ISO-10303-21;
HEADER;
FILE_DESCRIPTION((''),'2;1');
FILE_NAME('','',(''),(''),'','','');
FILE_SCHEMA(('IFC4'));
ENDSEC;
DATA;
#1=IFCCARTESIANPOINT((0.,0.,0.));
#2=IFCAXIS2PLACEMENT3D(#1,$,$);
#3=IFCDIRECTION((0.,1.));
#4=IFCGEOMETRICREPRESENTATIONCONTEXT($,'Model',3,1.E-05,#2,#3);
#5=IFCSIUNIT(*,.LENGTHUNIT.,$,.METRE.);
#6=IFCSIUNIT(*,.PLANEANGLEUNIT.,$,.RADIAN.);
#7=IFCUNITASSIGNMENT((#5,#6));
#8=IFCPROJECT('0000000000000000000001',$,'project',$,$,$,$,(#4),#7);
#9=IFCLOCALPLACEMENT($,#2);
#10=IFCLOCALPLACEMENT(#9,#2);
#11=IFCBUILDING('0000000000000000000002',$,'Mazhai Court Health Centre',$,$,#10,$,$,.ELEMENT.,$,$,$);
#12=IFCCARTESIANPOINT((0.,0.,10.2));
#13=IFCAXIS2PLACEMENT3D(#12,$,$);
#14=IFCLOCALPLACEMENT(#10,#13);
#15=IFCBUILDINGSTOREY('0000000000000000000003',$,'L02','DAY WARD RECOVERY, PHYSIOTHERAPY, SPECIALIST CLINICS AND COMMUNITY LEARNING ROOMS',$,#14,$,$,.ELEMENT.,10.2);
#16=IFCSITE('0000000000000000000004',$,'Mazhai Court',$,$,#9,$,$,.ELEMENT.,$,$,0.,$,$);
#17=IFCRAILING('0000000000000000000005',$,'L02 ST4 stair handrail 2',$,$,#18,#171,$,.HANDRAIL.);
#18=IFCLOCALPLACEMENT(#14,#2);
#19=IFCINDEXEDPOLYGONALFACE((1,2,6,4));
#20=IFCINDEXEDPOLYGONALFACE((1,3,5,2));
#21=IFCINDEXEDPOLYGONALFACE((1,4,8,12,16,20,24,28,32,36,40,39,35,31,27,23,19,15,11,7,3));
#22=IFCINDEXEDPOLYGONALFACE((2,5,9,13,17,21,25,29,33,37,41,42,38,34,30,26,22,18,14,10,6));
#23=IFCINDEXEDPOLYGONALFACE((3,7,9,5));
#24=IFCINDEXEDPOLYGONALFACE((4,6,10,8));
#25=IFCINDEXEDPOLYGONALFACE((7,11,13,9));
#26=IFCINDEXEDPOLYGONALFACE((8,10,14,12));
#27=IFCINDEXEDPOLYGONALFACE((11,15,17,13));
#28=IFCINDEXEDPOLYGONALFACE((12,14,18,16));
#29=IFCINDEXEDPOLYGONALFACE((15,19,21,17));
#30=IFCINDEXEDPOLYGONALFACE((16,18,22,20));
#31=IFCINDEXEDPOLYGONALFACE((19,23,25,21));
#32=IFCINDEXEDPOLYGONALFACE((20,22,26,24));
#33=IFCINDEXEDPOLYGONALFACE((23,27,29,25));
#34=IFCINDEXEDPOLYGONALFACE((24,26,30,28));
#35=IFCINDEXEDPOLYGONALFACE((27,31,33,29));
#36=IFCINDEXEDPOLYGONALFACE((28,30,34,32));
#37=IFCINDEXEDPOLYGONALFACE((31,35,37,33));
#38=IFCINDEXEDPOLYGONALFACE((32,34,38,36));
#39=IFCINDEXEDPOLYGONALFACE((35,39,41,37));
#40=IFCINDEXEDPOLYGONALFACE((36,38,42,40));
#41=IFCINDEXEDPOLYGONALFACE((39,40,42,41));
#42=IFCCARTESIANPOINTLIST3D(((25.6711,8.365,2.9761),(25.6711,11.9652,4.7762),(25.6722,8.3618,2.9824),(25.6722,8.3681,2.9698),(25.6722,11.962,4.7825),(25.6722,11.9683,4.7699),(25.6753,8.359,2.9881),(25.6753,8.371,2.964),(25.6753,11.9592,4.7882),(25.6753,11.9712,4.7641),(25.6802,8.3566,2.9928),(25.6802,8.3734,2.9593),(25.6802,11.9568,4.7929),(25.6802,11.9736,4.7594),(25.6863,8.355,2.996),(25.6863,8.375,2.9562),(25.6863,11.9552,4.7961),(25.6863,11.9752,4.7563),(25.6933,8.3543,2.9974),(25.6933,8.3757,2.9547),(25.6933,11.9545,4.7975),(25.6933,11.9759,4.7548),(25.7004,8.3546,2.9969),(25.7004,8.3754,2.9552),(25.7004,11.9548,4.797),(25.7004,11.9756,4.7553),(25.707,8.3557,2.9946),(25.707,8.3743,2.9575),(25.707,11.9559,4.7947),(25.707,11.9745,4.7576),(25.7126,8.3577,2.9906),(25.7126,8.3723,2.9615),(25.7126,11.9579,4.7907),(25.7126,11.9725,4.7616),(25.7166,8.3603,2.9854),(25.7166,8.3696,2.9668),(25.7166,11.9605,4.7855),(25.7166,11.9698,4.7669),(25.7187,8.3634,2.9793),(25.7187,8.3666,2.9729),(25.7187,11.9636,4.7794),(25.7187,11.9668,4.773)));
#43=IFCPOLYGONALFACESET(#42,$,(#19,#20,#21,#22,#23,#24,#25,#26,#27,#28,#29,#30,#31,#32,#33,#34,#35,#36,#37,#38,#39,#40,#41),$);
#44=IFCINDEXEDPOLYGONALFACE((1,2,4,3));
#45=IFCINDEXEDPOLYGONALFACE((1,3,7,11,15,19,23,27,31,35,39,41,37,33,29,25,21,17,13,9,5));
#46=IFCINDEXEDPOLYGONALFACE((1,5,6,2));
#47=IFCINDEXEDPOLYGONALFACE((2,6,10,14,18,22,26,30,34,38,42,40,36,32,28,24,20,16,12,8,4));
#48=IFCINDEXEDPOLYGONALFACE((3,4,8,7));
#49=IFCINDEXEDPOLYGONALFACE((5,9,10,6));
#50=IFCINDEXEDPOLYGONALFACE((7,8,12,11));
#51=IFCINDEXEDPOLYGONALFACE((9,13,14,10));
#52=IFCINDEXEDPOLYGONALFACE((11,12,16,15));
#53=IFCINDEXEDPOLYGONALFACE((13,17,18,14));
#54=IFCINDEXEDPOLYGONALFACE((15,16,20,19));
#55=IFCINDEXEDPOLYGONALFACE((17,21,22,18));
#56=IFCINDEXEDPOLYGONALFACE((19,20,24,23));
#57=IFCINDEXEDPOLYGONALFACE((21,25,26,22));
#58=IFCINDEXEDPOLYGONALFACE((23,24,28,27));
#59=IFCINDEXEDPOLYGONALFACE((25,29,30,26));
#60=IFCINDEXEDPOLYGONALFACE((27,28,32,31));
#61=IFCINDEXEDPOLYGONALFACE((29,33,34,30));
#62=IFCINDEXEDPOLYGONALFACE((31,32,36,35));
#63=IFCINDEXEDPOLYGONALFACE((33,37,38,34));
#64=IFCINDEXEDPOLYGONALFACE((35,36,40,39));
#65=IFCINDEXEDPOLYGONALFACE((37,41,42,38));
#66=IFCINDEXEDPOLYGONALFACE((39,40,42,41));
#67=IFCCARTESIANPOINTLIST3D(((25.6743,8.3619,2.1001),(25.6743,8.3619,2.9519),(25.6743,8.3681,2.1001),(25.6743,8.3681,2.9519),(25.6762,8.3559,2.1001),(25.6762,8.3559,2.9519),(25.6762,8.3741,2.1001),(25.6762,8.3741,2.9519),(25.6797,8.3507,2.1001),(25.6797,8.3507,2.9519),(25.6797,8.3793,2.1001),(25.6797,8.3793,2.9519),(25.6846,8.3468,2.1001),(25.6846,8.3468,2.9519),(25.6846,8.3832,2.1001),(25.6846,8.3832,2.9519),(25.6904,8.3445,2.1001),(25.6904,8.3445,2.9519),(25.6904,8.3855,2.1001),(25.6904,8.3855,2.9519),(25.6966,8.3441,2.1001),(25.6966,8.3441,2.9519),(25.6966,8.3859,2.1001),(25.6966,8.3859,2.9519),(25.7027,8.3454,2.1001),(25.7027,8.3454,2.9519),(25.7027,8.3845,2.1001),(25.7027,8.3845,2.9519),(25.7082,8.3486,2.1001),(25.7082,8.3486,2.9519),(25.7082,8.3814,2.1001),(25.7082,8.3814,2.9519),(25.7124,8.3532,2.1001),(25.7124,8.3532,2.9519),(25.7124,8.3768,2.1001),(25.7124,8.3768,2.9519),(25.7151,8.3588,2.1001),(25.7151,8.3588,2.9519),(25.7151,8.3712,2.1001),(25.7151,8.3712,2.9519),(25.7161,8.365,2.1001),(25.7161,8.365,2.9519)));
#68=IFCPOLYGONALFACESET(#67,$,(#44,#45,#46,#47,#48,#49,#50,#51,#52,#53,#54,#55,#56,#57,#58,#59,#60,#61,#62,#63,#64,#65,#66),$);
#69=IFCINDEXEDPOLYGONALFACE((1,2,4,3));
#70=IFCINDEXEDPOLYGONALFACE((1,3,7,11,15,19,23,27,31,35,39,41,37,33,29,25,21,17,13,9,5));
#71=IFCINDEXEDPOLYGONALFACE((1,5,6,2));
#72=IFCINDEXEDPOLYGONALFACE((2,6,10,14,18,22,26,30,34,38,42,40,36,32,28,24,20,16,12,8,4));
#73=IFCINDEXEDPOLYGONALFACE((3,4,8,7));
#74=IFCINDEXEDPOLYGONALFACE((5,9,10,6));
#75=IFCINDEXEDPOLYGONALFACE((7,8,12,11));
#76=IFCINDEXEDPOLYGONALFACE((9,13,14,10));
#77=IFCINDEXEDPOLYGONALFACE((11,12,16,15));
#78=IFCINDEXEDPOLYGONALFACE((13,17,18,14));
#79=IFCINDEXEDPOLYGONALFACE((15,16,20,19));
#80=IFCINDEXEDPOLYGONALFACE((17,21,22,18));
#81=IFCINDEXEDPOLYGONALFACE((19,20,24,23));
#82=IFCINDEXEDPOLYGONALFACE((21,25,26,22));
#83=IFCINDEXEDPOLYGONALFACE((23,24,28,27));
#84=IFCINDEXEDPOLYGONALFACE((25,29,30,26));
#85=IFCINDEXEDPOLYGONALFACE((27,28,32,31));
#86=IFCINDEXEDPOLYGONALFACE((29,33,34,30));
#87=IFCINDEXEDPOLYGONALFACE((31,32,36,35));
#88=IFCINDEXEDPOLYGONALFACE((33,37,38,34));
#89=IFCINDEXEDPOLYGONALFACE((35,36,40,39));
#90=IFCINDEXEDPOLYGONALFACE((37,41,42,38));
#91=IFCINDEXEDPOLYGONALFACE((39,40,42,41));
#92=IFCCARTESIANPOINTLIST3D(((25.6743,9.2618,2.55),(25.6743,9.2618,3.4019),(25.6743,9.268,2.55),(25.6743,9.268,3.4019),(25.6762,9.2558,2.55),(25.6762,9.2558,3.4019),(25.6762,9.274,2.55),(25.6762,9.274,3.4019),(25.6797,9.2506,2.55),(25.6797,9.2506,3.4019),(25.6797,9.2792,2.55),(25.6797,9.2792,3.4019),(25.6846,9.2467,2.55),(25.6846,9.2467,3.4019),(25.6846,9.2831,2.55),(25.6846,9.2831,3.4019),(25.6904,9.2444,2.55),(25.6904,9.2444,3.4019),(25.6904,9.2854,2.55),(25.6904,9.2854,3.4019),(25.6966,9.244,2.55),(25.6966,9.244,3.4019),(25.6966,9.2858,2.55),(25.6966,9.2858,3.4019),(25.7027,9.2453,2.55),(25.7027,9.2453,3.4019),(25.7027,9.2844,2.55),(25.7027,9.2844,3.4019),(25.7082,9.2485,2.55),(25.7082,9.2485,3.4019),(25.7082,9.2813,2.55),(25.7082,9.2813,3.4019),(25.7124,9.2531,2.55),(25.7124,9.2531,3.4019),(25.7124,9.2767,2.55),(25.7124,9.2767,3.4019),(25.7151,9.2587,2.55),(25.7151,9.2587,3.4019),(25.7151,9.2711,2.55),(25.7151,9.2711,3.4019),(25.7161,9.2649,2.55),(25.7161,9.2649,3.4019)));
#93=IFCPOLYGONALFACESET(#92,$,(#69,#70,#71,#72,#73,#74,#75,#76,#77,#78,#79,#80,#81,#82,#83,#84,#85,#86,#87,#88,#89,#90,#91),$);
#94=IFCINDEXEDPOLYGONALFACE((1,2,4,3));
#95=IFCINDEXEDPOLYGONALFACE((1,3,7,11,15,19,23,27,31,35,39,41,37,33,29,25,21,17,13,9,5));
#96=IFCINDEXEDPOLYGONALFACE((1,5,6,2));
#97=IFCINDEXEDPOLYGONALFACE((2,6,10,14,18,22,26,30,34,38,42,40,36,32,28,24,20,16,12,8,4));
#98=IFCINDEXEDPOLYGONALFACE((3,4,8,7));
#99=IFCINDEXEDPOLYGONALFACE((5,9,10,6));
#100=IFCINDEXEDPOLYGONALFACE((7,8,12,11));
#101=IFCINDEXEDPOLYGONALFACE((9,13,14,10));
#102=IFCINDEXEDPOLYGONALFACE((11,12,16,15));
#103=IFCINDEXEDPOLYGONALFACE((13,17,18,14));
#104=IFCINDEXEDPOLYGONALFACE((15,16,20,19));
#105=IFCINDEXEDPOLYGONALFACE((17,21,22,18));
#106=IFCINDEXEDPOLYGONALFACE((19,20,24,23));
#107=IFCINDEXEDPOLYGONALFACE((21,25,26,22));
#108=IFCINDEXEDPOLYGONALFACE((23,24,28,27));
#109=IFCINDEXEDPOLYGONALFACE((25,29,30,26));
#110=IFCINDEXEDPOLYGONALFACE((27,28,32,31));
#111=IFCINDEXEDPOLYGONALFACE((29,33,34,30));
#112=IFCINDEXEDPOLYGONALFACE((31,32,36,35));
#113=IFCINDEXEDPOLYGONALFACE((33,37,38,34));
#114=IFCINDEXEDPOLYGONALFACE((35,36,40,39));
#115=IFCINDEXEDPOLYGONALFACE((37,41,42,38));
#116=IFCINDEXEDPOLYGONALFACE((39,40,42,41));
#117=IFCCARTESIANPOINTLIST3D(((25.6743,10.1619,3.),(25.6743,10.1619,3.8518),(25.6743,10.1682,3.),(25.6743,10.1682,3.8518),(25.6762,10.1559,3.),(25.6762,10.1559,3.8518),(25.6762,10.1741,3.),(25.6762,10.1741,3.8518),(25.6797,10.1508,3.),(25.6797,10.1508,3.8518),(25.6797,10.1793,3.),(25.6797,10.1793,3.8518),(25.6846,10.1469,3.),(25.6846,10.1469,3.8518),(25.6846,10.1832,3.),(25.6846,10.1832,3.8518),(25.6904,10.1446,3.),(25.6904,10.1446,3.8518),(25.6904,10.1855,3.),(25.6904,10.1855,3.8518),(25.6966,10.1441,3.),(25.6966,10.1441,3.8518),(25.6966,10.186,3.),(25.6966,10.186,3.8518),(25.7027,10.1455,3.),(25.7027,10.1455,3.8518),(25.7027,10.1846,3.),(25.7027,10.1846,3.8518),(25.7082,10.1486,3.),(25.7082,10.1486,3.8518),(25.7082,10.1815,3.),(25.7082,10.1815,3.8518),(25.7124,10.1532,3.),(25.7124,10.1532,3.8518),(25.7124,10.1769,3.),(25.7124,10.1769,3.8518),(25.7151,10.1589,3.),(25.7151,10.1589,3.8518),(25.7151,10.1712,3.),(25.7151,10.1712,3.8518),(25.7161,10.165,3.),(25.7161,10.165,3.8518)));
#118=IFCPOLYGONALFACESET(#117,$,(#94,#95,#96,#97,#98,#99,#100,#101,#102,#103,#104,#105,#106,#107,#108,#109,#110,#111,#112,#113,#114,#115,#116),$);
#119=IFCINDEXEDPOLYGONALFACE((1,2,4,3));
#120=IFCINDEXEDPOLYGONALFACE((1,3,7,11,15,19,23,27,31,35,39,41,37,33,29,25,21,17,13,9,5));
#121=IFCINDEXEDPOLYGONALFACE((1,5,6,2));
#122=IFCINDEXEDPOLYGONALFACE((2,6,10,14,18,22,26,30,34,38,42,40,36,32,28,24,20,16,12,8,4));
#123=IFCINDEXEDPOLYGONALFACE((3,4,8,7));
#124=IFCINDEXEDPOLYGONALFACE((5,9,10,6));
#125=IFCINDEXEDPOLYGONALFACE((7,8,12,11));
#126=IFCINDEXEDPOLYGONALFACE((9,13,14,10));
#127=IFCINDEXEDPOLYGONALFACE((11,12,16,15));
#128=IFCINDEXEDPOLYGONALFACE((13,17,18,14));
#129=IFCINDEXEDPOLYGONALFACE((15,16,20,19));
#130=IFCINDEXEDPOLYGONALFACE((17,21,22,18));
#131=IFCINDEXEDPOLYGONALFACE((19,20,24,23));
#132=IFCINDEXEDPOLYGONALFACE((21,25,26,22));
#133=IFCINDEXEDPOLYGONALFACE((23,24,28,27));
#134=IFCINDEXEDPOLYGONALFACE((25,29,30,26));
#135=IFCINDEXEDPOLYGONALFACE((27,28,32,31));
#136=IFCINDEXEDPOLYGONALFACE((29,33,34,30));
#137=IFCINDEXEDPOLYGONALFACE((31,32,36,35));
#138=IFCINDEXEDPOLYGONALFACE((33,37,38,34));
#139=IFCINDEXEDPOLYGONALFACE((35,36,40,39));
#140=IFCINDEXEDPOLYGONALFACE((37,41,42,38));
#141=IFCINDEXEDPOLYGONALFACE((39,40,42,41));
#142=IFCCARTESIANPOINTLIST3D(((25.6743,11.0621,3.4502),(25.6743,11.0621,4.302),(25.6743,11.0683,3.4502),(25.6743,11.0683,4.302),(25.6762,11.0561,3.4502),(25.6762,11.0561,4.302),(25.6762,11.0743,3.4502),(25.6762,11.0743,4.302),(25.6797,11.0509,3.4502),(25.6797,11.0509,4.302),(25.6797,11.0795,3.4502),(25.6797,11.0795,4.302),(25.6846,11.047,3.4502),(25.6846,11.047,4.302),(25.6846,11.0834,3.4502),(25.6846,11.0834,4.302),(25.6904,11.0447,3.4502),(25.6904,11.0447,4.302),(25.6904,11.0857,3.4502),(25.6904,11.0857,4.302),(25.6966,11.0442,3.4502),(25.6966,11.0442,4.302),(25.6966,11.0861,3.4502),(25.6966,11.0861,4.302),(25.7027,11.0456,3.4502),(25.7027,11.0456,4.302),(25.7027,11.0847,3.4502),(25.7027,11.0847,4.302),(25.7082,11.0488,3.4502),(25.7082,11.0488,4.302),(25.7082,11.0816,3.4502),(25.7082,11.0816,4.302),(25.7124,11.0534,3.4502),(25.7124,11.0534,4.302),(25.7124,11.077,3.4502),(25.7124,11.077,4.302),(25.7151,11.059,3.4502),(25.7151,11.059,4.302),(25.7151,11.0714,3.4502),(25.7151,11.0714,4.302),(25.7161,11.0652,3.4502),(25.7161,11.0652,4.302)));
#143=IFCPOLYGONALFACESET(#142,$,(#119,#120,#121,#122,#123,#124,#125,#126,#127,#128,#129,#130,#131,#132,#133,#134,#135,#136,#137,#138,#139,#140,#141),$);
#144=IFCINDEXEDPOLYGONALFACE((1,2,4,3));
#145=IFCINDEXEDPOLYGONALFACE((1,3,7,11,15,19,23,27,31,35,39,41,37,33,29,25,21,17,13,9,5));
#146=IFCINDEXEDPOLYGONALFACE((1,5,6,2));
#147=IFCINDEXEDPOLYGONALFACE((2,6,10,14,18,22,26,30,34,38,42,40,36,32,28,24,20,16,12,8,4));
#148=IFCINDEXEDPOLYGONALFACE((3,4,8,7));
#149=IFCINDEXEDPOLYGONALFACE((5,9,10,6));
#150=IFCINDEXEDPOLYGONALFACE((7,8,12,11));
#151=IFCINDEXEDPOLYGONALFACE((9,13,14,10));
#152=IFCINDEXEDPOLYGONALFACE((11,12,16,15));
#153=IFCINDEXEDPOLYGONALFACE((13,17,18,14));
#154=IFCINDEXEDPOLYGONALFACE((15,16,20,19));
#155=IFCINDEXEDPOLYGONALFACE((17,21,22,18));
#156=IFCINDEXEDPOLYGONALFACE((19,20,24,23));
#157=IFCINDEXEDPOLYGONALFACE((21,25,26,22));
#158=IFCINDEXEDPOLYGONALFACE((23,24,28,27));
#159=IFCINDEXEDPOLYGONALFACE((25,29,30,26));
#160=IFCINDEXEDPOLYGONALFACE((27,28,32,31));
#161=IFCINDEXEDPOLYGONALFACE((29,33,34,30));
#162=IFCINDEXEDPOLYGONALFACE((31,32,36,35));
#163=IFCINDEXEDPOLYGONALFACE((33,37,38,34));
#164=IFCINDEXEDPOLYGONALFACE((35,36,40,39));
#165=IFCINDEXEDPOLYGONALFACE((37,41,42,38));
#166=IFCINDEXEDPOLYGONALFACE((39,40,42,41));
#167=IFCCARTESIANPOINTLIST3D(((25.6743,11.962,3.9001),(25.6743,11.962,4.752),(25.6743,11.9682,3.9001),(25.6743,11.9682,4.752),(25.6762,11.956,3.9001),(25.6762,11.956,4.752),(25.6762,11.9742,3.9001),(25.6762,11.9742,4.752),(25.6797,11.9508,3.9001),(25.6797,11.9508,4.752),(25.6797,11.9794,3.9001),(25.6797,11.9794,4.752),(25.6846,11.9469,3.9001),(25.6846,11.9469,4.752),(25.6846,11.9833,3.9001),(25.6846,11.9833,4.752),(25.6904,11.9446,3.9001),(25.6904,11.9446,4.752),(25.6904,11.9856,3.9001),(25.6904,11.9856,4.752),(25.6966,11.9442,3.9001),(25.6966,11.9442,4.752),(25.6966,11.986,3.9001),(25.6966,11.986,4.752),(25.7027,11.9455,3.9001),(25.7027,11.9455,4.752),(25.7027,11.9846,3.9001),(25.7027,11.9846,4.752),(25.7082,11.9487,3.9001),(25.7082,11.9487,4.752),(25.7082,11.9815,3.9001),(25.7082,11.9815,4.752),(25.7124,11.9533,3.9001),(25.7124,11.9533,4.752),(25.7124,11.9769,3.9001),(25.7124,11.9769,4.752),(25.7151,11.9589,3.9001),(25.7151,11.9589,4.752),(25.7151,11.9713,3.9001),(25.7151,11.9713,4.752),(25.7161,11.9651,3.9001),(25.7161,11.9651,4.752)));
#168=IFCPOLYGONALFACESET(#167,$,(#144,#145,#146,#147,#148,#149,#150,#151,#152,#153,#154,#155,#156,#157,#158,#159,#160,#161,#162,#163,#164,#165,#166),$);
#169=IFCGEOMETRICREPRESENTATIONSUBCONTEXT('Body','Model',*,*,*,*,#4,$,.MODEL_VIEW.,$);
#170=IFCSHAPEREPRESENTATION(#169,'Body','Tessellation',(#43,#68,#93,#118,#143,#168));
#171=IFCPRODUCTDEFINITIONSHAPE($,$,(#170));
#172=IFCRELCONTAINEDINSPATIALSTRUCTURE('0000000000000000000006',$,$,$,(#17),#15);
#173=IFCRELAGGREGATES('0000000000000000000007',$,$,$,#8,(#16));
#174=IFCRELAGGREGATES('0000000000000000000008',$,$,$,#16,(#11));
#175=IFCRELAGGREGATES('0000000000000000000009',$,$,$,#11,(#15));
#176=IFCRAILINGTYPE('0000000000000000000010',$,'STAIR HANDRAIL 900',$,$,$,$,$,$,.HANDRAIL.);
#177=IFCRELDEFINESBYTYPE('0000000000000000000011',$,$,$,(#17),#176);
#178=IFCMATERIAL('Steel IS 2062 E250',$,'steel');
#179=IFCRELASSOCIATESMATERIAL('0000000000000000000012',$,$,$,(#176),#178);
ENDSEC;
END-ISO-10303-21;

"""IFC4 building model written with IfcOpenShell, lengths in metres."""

from ifc_helpers import new_model, si_unit, direction, frame, origin, origin_2d, place, context, subcontext, project, spatial, circle, extrude, material, type_object, element, save


model = new_model("IFC4")

# Units and contexts
model_context = context("Model", 3, precision=1e-05, world=origin(), true_north=direction((0.0, 1.0)))
body_context = subcontext(model_context, "Body", "Model", "MODEL_VIEW")
ifc_project = project(units=[si_unit("LENGTHUNIT", "METRE"), si_unit("PLANEANGLEUNIT", "RADIAN")], contexts=[model_context])

# Site, building, storey
site_placement = place(None, origin())
site = spatial("IfcSite", under=ifc_project, at=site_placement, Name="Mazhai Court", CompositionType="ELEMENT", RefElevation=0.0)
building_placement = place(site_placement, origin())
building = spatial("IfcBuilding", under=site, at=building_placement, Name="Mazhai Court Health Centre", CompositionType="ELEMENT")
storey_placement = place(building_placement, frame((0.0, 0.0, 10.2)))
storey = spatial("IfcBuildingStorey", under=building, at=storey_placement, Name="L02", Description="DAY WARD RECOVERY, PHYSIOTHERAPY, SPECIALIST CLINICS AND COMMUNITY LEARNING ROOMS", CompositionType="ELEMENT", Elevation=10.2)

# Railing
ifc_material_1 = material(Name="Steel IS 2062 E250", Category="steel")
railing_type_1 = type_object("IfcRailingType", Name="STAIR HANDRAIL 900", PredefinedType="HANDRAIL", material=ifc_material_1)
railing_1_placement = place(storey_placement, frame((25.6951, 8.365, 2.1001)))
element("IfcRailing", 1, at=railing_1_placement, inside=storey, type_object=railing_type_1, Name="L02 ST4 stair handrail 2", PredefinedType="HANDRAIL", context=body_context, shape_type="SweptSolid", body=[
    extrude(circle(Radius=0.0239, at=origin_2d()), frame((0.0, 0.0, 0.876), z_axis=(0.0, 0.894427, 0.447214), x_axis=(-1.0, 0.0, 0.0)), (0.0, 0.0, 1.0), 4.0251),
    extrude(circle(Radius=0.021, at=origin_2d()), origin(), (0.0, 0.0, 1.0), 0.8518),
    extrude(circle(Radius=0.021, at=origin_2d()), frame((0.0, 0.8999, 0.45)), (0.0, 0.0, 1.0), 0.8518),
    extrude(circle(Radius=0.021, at=origin_2d()), frame((0.0, 1.8, 0.8999)), (0.0, 0.0, 1.0), 0.8518),
    extrude(circle(Radius=0.021, at=origin_2d()), frame((0.0, 2.7002, 1.3501)), (0.0, 0.0, 1.0), 0.8518),
    extrude(circle(Radius=0.021, at=origin_2d()), frame((0.0, 3.6001, 1.8)), (0.0, 0.0, 1.0), 0.8518),
])

save(model, "model.ifc")
